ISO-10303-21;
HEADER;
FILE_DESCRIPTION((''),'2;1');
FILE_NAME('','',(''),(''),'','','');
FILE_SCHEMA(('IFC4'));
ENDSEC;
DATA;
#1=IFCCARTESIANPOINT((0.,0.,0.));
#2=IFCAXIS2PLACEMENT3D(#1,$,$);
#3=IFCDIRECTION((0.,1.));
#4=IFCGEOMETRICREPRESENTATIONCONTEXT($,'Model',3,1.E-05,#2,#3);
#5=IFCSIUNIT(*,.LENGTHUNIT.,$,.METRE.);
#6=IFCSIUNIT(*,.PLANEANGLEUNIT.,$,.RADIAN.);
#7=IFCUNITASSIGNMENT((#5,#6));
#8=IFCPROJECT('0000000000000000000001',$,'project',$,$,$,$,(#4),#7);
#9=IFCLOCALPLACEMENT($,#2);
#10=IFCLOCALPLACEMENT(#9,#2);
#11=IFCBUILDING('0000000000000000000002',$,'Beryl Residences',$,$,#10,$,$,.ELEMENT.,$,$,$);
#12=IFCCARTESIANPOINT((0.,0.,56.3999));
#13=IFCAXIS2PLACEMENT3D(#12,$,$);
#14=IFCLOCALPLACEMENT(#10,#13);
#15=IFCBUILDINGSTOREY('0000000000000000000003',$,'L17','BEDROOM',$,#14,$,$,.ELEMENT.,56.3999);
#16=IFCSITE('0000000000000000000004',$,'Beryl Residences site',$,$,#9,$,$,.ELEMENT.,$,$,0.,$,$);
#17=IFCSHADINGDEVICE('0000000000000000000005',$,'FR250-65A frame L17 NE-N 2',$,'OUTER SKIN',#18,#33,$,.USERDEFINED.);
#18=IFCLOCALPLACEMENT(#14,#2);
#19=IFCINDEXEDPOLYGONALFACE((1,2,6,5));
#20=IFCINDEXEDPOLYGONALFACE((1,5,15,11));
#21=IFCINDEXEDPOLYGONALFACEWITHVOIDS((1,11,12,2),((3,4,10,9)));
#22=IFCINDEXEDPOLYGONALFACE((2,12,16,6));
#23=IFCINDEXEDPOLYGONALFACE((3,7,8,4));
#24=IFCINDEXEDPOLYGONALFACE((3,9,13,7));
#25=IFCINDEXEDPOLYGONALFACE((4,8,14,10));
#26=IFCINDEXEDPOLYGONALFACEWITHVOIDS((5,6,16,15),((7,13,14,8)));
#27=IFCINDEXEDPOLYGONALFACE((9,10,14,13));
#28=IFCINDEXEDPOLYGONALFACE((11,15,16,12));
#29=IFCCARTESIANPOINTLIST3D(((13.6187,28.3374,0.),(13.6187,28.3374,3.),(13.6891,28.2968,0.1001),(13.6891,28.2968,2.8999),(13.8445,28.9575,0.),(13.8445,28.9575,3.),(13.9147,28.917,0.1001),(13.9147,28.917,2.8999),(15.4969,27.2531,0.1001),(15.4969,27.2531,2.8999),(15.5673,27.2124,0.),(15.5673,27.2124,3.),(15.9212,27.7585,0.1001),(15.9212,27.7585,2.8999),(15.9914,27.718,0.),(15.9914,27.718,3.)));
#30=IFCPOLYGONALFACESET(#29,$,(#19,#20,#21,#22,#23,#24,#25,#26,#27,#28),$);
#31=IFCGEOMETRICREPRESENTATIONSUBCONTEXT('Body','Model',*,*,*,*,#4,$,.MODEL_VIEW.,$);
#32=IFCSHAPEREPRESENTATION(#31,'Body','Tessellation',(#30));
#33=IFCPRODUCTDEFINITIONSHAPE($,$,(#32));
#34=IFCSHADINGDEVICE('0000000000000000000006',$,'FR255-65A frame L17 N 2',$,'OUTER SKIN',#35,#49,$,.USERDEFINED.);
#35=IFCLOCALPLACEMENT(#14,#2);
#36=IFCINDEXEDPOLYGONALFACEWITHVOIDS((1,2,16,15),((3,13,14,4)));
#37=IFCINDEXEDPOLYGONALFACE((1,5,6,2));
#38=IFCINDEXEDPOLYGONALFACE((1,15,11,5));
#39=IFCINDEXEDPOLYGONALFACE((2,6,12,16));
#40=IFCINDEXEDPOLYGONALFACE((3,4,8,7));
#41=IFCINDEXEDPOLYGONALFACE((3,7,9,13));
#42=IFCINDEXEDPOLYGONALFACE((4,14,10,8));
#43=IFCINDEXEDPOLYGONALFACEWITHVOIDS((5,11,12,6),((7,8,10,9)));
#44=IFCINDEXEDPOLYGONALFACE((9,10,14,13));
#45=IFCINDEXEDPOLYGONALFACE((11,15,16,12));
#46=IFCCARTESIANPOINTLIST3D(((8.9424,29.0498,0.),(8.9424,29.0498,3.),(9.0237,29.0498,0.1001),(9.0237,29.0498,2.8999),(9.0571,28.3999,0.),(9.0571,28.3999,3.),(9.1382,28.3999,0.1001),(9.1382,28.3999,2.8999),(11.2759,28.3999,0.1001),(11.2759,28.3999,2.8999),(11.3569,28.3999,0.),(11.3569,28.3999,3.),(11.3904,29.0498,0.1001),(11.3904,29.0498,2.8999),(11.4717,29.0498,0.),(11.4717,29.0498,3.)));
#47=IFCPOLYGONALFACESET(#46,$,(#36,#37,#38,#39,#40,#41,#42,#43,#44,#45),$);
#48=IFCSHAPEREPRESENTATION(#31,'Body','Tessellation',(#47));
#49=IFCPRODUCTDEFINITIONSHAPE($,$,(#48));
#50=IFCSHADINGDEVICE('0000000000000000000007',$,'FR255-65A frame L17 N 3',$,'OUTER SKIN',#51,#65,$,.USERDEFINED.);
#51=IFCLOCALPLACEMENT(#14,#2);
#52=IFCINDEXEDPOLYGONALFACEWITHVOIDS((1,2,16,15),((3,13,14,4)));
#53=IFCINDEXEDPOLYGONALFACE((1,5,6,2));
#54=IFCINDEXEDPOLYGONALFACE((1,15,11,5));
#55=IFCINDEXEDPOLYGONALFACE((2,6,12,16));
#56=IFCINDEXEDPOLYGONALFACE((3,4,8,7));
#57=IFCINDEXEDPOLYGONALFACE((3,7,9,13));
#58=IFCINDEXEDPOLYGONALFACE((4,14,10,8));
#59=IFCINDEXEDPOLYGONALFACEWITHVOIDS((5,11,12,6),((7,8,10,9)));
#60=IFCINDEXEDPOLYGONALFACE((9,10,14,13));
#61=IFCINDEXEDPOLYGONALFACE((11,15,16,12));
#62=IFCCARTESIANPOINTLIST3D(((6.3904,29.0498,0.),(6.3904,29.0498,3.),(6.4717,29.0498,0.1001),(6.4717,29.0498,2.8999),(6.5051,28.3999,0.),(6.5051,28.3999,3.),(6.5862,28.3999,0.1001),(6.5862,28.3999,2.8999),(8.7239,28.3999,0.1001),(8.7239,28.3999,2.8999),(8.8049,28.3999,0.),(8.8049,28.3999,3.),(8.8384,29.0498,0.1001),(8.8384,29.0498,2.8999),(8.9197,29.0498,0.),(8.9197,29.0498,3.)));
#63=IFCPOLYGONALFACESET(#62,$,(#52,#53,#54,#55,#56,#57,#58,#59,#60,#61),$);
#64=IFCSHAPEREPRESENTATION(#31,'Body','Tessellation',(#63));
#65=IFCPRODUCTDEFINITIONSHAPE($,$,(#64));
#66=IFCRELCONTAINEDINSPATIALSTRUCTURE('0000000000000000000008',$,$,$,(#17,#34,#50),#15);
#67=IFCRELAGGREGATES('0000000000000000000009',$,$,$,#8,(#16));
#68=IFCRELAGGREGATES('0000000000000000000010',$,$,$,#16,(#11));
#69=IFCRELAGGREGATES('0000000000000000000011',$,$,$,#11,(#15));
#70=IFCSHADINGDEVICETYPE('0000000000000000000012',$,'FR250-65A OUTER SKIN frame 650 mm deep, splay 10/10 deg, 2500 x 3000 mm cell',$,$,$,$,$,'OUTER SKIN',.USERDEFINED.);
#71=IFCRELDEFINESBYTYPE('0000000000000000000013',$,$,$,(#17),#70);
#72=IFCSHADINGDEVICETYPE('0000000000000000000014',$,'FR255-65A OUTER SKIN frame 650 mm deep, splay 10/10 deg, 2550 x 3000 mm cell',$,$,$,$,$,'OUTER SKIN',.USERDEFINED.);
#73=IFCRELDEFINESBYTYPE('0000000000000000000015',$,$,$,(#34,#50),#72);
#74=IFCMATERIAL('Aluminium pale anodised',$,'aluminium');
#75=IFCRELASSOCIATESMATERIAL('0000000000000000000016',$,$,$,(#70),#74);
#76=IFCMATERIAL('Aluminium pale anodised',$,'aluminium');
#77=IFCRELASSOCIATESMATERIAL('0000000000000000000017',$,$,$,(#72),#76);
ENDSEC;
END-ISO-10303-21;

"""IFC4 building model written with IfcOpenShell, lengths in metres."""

from ifc_helpers import new_model, entity, si_unit, direction, frame, origin, place, context, subcontext, project, spatial, source, transform, mapped, material, type_object, type_shapes, element, save


model = new_model("IFC4")

# Units and contexts
model_context = context("Model", 3, precision=1e-05, world=origin(), true_north=direction((0.0, 1.0)))
body_context = subcontext(model_context, "Body", "Model", "MODEL_VIEW")
ifc_project = project(units=[si_unit("LENGTHUNIT", "METRE"), si_unit("PLANEANGLEUNIT", "RADIAN")], contexts=[model_context])

# Site, building, storey
site_placement = place(None, origin())
site = spatial("IfcSite", under=ifc_project, at=site_placement, Name="Beryl Residences site", CompositionType="ELEMENT", RefElevation=0.0)
building_placement = place(site_placement, origin())
building = spatial("IfcBuilding", under=site, at=building_placement, Name="Beryl Residences", CompositionType="ELEMENT")
storey_placement = place(building_placement, frame((0.0, 0.0, 56.3999)))
storey = spatial("IfcBuildingStorey", under=building, at=storey_placement, Name="L17", Description="BEDROOM", CompositionType="ELEMENT", Elevation=56.3999)

# Shading devices
ifc_material_1 = material(Name="Aluminium pale anodised", Category="aluminium")
shading_device_type_1 = type_object("IfcShadingDeviceType", Name="FR250-65A OUTER SKIN frame 650 mm deep, splay 10/10 deg, 2500 x 3000 mm cell", ElementType="OUTER SKIN", PredefinedType="USERDEFINED", material=ifc_material_1)
cartesian_point_1 = entity("IfcCartesianPoint", [-1.125, 0.0])
cartesian_point_2 = entity("IfcCartesianPoint", [-1.0437, 0.1001])
cartesian_point_3 = entity("IfcCartesianPoint", [-1.2395, 0.0])
cartesian_point_4 = entity("IfcCartesianPoint", [-1.1584, 0.1001])
shared_shape_1 = source(origin(), body_context, "Body", "SweptSolid", [
    entity("IfcExtrudedAreaSolidTapered", entity("IfcArbitraryProfileDefWithVoids", "AREA", None, entity("IfcPolyline", [cartesian_point_1, entity("IfcCartesianPoint", [1.125, 0.0]), entity("IfcCartesianPoint", [1.125, 3.0]), entity("IfcCartesianPoint", [-1.125, 3.0]), cartesian_point_1]), [entity("IfcPolyline", [cartesian_point_2, entity("IfcCartesianPoint", [1.0437, 0.1001]), entity("IfcCartesianPoint", [1.0437, 2.8999]), entity("IfcCartesianPoint", [-1.0437, 2.8999]), cartesian_point_2])]), entity("IfcAxis2Placement3D", entity("IfcCartesianPoint", [0.0, 0.0, 0.0]), entity("IfcDirection", [0.0, 1.0, 0.0]), entity("IfcDirection", [-1.0, 0.0, 0.0])), entity("IfcDirection", [0.0, 0.0, 1.0]), 0.6499, entity("IfcArbitraryProfileDefWithVoids", "AREA", None, entity("IfcPolyline", [cartesian_point_3, entity("IfcCartesianPoint", [1.2395, 0.0]), entity("IfcCartesianPoint", [1.2395, 3.0]), entity("IfcCartesianPoint", [-1.2395, 3.0]), cartesian_point_3]), [entity("IfcPolyline", [cartesian_point_4, entity("IfcCartesianPoint", [1.1584, 0.1001]), entity("IfcCartesianPoint", [1.1584, 2.8999]), entity("IfcCartesianPoint", [-1.1584, 2.8999]), cartesian_point_4])])),
])
type_shapes(shading_device_type_1, [shared_shape_1])
shading_device_1_placement = place(storey_placement, frame((14.593, 27.7749, 0.0), z_axis=(0.0, 0.0, 1.0), x_axis=(0.866025, -0.5, 0.0)))
element("IfcShadingDevice", 1, at=shading_device_1_placement, inside=storey, type_object=shading_device_type_1, Name="FR250-65A frame L17 NE-N 2", ObjectType="OUTER SKIN", PredefinedType="USERDEFINED", context=body_context, shape_type="MappedRepresentation", body=[
    mapped(shared_shape_1, transform((0.0, 0.0, 0.0))),
])
ifc_material_2 = material(Name="Aluminium pale anodised", Category="aluminium")
shading_device_type_2 = type_object("IfcShadingDeviceType", Name="FR255-65A OUTER SKIN frame 650 mm deep, splay 10/10 deg, 2550 x 3000 mm cell", ElementType="OUTER SKIN", PredefinedType="USERDEFINED", material=ifc_material_2)
cartesian_point_5 = entity("IfcCartesianPoint", [-1.1499, 0.0])
cartesian_point_6 = entity("IfcCartesianPoint", [-1.0688, 0.1001])
cartesian_point_7 = entity("IfcCartesianPoint", [-1.2646, 0.0])
cartesian_point_8 = entity("IfcCartesianPoint", [-1.1833, 0.1001])
shared_shape_2 = source(origin(), body_context, "Body", "SweptSolid", [
    entity("IfcExtrudedAreaSolidTapered", entity("IfcArbitraryProfileDefWithVoids", "AREA", None, entity("IfcPolyline", [cartesian_point_5, entity("IfcCartesianPoint", [1.1499, 0.0]), entity("IfcCartesianPoint", [1.1499, 3.0]), entity("IfcCartesianPoint", [-1.1499, 3.0]), cartesian_point_5]), [entity("IfcPolyline", [cartesian_point_6, entity("IfcCartesianPoint", [1.0688, 0.1001]), entity("IfcCartesianPoint", [1.0688, 2.8999]), entity("IfcCartesianPoint", [-1.0688, 2.8999]), cartesian_point_6])]), entity("IfcAxis2Placement3D", entity("IfcCartesianPoint", [0.0, 0.0, 0.0]), entity("IfcDirection", [0.0, 1.0, 0.0]), entity("IfcDirection", [-1.0, 0.0, 0.0])), entity("IfcDirection", [0.0, 0.0, 1.0]), 0.6499, entity("IfcArbitraryProfileDefWithVoids", "AREA", None, entity("IfcPolyline", [cartesian_point_7, entity("IfcCartesianPoint", [1.2646, 0.0]), entity("IfcCartesianPoint", [1.2646, 3.0]), entity("IfcCartesianPoint", [-1.2646, 3.0]), cartesian_point_7]), [entity("IfcPolyline", [cartesian_point_8, entity("IfcCartesianPoint", [1.1833, 0.1001]), entity("IfcCartesianPoint", [1.1833, 2.8999]), entity("IfcCartesianPoint", [-1.1833, 2.8999]), cartesian_point_8])])),
])
type_shapes(shading_device_type_2, [shared_shape_2])
for number, where, z_axis, x_axis, name in (
    (2, (10.207, 28.3999, 0.0), (0.0, 0.0, 1.0), (1.0, 0.0, 0.0), "FR255-65A frame L17 N 2"),
    (3, (7.655, 28.3999, 0.0), (0.0, 0.0, 1.0), (1.0, 0.0, 0.0), "FR255-65A frame L17 N 3"),
):
    element("IfcShadingDevice", number, at=place(storey_placement, frame(where, z_axis=z_axis, x_axis=x_axis)), inside=storey, type_object=shading_device_type_2, Name=name, ObjectType="OUTER SKIN", PredefinedType="USERDEFINED", context=body_context, shape_type="MappedRepresentation", body=[
        mapped(shared_shape_2, transform((0.0, 0.0, 0.0))),
    ])

save(model, "model.ifc")
